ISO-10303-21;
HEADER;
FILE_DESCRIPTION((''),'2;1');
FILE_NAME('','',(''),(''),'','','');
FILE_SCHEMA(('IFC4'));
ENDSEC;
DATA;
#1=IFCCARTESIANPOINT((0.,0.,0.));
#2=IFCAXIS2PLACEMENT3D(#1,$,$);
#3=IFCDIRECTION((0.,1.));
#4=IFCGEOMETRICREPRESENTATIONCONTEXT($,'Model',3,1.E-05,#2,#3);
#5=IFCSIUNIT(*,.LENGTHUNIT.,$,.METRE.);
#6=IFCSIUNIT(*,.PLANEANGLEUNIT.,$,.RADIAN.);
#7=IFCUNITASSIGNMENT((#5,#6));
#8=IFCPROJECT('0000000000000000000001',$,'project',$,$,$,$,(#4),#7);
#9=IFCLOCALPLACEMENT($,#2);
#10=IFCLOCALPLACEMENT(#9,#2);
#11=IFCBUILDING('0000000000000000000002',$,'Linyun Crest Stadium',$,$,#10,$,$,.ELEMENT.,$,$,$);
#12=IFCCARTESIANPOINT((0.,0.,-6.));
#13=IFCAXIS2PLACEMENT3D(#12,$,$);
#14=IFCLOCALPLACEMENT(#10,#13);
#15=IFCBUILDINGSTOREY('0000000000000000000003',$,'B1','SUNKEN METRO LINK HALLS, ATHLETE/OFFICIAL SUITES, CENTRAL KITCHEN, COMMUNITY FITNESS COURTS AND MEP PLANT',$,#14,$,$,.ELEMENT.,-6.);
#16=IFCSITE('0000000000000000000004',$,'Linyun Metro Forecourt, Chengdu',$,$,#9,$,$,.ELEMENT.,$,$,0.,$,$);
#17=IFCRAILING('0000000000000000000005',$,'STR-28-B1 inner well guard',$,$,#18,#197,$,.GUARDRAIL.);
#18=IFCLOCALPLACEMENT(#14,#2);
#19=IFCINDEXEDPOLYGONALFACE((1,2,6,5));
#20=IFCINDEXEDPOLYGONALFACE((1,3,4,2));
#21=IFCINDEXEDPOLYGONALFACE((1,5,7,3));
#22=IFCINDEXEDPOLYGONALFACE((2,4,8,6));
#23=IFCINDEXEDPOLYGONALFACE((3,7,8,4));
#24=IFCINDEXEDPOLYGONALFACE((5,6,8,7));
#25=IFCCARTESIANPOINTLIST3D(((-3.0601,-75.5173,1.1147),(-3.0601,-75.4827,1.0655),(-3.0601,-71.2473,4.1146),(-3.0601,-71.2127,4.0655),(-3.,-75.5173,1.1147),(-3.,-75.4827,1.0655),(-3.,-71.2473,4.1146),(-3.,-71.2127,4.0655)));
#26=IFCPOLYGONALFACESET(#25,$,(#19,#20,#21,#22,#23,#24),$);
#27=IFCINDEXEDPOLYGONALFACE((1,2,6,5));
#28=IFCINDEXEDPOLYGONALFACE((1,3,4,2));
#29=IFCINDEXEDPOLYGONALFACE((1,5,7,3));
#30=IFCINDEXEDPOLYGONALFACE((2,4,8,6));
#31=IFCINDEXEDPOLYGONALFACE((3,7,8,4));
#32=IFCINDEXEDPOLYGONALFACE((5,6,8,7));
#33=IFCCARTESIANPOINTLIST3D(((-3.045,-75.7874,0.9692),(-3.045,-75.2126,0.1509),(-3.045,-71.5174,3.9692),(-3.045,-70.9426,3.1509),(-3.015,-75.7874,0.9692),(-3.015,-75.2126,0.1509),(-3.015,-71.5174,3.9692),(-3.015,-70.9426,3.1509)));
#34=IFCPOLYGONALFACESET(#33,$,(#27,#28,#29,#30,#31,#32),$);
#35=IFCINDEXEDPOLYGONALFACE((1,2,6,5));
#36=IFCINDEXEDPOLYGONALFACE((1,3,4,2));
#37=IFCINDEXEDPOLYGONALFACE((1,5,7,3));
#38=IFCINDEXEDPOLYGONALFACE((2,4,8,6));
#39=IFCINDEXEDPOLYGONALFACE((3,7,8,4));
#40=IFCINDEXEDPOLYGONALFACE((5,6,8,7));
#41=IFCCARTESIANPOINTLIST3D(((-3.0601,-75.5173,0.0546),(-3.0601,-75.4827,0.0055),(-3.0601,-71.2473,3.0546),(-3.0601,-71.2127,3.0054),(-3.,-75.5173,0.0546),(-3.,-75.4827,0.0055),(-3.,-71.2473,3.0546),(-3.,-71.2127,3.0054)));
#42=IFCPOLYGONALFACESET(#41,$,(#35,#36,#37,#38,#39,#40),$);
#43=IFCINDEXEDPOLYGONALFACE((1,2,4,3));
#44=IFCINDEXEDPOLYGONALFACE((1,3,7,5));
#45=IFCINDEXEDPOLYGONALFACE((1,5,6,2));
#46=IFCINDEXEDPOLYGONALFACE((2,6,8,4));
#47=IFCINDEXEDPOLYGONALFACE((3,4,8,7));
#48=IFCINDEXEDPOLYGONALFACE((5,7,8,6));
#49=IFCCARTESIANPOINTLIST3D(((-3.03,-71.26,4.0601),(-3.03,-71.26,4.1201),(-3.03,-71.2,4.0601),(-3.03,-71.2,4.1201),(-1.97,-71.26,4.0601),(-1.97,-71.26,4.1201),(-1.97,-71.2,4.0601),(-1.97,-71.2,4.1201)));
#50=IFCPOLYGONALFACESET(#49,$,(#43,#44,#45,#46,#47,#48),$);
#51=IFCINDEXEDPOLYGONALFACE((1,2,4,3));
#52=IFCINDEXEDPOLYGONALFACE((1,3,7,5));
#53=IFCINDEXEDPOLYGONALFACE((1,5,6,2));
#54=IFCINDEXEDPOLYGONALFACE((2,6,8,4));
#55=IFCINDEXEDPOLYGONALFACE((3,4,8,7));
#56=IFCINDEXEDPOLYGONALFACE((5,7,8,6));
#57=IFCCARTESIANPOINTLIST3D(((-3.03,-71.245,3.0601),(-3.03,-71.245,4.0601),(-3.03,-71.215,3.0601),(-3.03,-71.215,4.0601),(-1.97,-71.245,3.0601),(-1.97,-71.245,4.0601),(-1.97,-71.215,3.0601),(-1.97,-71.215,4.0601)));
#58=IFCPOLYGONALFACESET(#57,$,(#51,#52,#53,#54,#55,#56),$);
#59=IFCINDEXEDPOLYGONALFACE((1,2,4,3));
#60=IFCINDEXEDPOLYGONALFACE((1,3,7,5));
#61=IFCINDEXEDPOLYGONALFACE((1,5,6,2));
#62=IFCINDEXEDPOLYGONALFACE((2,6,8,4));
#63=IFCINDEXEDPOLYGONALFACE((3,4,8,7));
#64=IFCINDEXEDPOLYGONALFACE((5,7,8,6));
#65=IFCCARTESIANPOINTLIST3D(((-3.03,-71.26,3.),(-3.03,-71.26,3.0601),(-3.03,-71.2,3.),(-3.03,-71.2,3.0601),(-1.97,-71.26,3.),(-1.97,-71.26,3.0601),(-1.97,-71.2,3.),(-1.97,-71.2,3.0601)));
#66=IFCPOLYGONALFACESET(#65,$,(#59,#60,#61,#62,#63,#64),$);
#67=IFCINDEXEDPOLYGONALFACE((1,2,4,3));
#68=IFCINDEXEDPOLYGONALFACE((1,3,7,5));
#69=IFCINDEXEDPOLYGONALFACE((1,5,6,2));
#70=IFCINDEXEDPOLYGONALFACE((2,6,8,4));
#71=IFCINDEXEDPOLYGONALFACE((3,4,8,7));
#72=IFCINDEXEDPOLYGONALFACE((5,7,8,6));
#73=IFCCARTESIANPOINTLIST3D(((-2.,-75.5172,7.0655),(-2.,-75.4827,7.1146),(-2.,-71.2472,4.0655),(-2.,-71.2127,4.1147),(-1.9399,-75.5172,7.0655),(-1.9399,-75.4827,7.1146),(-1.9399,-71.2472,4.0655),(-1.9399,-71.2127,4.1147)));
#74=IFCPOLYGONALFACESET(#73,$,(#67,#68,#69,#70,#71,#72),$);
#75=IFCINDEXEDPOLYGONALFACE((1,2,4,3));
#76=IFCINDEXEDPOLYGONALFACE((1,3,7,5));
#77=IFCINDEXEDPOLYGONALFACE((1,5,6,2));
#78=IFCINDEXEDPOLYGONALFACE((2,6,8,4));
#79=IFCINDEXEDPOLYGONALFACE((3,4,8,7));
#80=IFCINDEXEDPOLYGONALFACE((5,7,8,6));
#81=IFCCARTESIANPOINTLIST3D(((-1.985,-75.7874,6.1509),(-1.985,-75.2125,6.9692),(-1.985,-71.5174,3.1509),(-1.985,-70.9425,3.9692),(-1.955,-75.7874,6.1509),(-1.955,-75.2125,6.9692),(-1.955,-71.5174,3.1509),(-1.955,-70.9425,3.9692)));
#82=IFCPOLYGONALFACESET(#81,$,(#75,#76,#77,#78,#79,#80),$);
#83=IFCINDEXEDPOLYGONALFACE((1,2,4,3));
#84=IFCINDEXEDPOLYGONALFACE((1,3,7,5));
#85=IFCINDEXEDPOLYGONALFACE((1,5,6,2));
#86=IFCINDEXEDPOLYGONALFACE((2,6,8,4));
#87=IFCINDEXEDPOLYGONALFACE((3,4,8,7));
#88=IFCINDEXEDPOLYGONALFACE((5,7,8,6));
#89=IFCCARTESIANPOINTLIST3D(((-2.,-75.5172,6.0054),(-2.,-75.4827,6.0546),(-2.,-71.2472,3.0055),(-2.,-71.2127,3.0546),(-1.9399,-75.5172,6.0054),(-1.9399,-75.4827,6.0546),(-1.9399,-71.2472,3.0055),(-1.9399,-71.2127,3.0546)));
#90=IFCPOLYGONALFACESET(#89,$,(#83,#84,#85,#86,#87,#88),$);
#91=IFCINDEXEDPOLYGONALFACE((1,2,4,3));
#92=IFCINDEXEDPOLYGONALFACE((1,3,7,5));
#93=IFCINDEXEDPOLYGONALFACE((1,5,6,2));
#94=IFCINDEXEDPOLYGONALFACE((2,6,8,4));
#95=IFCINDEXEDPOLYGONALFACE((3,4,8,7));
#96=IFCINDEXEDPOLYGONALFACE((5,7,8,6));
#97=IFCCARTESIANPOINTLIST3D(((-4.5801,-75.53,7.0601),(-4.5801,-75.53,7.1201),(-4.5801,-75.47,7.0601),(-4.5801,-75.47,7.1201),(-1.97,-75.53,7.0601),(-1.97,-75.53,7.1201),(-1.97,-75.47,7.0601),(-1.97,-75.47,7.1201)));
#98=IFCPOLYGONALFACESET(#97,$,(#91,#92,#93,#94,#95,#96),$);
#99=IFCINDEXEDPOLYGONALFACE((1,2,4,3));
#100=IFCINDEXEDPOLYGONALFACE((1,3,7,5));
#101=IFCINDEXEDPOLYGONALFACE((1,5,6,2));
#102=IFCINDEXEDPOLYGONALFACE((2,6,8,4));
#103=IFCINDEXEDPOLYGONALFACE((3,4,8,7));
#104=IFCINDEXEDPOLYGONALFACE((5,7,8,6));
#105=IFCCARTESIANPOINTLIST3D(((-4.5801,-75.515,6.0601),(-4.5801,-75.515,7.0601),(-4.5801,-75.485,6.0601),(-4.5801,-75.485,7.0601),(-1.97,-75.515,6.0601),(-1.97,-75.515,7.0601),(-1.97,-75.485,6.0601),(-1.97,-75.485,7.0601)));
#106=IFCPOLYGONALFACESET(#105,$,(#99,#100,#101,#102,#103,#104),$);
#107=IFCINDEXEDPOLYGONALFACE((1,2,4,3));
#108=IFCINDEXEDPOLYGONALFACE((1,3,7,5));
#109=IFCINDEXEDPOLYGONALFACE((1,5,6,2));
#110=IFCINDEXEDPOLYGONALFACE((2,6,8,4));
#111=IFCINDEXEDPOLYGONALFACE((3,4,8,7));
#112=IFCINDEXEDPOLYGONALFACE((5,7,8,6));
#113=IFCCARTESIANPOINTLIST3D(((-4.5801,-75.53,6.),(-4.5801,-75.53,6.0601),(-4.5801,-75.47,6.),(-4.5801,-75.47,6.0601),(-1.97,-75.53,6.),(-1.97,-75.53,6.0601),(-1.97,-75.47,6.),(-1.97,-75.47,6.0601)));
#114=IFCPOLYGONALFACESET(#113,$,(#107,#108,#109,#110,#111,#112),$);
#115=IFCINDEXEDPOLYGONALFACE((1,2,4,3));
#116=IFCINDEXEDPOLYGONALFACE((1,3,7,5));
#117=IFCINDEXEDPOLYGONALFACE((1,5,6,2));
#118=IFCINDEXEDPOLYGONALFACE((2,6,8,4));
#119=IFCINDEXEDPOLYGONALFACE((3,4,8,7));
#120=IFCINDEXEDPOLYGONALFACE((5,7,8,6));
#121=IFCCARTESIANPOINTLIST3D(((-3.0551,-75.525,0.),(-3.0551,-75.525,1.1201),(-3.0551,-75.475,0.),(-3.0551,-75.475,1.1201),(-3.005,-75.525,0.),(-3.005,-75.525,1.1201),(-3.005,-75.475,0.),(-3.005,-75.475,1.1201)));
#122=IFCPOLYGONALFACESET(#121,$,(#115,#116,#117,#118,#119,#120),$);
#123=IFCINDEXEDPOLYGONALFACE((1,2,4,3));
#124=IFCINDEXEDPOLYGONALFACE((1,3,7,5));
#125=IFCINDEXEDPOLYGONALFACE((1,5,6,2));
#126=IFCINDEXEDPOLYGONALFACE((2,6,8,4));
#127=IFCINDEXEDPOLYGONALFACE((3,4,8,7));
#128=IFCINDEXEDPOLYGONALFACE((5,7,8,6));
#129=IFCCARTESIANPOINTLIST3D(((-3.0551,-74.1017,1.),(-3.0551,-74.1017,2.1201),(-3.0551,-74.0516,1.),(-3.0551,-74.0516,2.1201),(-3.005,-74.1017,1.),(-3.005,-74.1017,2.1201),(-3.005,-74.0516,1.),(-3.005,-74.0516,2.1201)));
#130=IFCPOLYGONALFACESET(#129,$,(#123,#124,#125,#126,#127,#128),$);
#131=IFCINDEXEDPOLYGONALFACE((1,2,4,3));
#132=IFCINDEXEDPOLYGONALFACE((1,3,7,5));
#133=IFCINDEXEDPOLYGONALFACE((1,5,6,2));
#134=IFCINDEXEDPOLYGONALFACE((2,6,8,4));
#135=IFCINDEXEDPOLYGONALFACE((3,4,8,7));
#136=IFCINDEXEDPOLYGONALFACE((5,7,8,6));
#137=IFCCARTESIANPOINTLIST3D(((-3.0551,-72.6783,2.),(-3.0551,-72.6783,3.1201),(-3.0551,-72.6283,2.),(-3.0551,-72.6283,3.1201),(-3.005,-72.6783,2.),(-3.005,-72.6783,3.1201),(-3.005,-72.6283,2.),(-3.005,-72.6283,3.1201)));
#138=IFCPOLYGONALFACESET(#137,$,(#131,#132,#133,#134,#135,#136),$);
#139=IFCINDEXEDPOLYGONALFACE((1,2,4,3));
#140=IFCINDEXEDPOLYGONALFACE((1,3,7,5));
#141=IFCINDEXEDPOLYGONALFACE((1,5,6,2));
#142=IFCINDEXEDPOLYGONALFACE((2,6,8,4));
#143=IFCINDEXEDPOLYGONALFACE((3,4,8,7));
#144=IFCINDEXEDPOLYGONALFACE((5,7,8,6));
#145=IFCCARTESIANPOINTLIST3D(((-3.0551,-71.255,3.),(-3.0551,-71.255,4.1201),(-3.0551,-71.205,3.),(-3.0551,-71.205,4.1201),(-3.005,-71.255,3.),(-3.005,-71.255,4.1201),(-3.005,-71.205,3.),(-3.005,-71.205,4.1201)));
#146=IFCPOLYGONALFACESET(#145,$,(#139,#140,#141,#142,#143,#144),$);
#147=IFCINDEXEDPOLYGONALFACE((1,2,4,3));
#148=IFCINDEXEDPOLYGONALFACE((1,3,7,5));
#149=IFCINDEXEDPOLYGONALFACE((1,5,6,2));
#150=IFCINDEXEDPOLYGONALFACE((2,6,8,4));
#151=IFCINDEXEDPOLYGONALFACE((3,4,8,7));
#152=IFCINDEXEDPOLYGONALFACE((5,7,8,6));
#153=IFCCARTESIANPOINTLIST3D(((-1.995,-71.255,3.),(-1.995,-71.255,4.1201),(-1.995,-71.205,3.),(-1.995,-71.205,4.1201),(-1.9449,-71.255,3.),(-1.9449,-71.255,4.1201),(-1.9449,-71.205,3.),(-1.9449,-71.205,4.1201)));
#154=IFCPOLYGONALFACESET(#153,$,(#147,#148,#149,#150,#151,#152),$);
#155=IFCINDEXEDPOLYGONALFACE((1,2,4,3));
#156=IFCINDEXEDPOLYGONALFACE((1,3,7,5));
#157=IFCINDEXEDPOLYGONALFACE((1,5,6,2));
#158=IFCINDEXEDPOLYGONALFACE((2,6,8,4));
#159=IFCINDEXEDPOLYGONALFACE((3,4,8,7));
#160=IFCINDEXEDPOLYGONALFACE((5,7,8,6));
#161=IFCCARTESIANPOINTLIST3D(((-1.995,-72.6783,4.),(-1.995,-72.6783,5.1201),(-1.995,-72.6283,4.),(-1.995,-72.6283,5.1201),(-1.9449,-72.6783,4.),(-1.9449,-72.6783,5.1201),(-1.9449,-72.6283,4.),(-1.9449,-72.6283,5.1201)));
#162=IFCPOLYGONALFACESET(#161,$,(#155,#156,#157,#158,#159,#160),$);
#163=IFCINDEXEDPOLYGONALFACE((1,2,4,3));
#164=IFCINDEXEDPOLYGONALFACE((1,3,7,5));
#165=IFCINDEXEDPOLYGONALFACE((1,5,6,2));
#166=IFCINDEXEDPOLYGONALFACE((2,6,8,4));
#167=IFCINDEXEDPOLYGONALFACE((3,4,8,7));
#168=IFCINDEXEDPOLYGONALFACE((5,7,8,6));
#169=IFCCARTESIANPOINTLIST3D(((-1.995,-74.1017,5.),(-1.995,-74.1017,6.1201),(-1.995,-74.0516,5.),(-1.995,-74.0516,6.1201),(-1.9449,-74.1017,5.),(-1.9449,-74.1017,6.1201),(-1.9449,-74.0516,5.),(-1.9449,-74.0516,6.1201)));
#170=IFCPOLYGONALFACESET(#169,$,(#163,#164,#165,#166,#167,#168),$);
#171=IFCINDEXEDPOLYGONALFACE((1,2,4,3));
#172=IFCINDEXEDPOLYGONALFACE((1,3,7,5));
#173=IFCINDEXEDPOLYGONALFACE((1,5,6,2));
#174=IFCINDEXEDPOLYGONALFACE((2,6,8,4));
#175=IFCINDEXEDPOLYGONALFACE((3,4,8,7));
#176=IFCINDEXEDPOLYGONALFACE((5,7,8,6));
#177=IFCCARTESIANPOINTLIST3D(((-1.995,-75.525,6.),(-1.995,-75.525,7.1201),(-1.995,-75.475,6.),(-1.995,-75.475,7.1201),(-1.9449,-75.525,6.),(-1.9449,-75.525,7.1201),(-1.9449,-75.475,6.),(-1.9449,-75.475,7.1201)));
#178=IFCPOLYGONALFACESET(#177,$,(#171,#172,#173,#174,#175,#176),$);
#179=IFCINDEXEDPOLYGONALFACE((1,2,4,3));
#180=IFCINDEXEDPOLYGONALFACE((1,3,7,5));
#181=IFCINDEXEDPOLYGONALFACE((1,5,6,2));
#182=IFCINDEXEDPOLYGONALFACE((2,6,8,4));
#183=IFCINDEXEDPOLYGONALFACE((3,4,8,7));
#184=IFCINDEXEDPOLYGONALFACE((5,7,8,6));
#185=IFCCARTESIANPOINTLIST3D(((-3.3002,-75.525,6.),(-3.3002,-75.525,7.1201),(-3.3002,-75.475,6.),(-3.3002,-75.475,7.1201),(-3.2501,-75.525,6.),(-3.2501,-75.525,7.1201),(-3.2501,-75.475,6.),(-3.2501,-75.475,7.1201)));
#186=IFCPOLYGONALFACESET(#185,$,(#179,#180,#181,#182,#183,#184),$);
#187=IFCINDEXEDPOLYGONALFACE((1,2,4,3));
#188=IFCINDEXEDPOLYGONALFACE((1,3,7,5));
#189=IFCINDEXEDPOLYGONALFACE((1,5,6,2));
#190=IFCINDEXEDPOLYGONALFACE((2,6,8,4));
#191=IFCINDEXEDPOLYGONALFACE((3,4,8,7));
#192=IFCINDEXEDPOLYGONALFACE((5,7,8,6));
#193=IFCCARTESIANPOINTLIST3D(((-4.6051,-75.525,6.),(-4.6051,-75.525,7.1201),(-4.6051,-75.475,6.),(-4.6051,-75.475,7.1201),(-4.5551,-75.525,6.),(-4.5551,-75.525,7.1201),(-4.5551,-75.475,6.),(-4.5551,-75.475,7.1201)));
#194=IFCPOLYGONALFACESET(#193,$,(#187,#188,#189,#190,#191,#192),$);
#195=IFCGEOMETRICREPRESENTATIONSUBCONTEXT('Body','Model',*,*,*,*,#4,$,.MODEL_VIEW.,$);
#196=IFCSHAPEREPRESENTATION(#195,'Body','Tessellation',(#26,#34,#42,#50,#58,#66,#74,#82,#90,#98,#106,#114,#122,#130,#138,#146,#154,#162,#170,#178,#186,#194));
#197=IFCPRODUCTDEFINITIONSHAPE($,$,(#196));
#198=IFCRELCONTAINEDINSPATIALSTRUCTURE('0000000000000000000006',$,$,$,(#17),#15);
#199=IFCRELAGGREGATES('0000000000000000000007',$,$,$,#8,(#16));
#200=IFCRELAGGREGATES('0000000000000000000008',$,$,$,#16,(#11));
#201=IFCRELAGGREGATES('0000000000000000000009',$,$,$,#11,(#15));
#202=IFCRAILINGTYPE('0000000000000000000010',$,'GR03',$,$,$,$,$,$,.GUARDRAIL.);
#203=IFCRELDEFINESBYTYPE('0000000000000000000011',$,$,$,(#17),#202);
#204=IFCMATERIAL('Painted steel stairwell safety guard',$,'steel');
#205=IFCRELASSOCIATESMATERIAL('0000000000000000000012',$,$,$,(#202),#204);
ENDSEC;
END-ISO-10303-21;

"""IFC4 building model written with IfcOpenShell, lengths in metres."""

from ifc_helpers import new_model, si_unit, direction, frame, origin, origin_2d, place, context, subcontext, project, spatial, rectangle, extrude, material, type_object, element, save


model = new_model("IFC4")

# Units and contexts
model_context = context("Model", 3, precision=1e-05, world=origin(), true_north=direction((0.0, 1.0)))
body_context = subcontext(model_context, "Body", "Model", "MODEL_VIEW")
ifc_project = project(units=[si_unit("LENGTHUNIT", "METRE"), si_unit("PLANEANGLEUNIT", "RADIAN")], contexts=[model_context])

# Site, building, storey
site_placement = place(None, origin())
site = spatial("IfcSite", under=ifc_project, at=site_placement, Name="Linyun Metro Forecourt, Chengdu", CompositionType="ELEMENT", RefElevation=0.0)
building_placement = place(site_placement, origin())
building = spatial("IfcBuilding", under=site, at=building_placement, Name="Linyun Crest Stadium", CompositionType="ELEMENT")
storey_placement = place(building_placement, frame((0.0, 0.0, -6.0)))
storey = spatial("IfcBuildingStorey", under=building, at=storey_placement, Name="B1", Description="SUNKEN METRO LINK HALLS, ATHLETE/OFFICIAL SUITES, CENTRAL KITCHEN, COMMUNITY FITNESS COURTS AND MEP PLANT", CompositionType="ELEMENT", Elevation=-6.0)

# Railing
ifc_material_1 = material(Name="Painted steel stairwell safety guard", Category="steel")
railing_type = type_object("IfcRailingType", Name="GR03", PredefinedType="GUARDRAIL", material=ifc_material_1)
railing_1_placement = place(storey_placement, frame((-3.03, -75.5, 0.0)))
element("IfcRailing", 1, at=railing_1_placement, inside=storey, type_object=railing_type, Name="STR-28-B1 inner well guard", PredefinedType="GUARDRAIL", context=body_context, shape_type="SweptSolid", body=[
    extrude(rectangle(XDim=0.0601, YDim=0.0601, at=origin_2d()), frame((0.0, 0.0, 1.0901), z_axis=(0.0, 0.818242, 0.574874), x_axis=(-1.0, 0.0, 0.0)), (0.0, 0.0, 1.0), 5.2185),
    extrude(rectangle(XDim=0.03, YDim=1.0, at=origin_2d()), frame((0.0, 0.0, 0.5601), z_axis=(0.0, 0.818242, 0.574874), x_axis=(-1.0, 0.0, 0.0)), (0.0, 0.0, 1.0), 5.2185),
    extrude(rectangle(XDim=0.0601, YDim=0.0601, at=origin_2d()), frame((0.0, 0.0, 0.03), z_axis=(0.0, 0.818242, 0.574874), x_axis=(-1.0, 0.0, 0.0)), (0.0, 0.0, 1.0), 5.2185),
    extrude(rectangle(XDim=0.0601, YDim=0.0601, at=origin_2d()), frame((0.0, 4.27, 4.0901), z_axis=(1.0, 0.0, 0.0), x_axis=(0.0, 1.0, 0.0)), (0.0, 0.0, 1.0), 1.0601),
    extrude(rectangle(XDim=0.03, YDim=1.0, at=origin_2d()), frame((0.0, 4.27, 3.5601), z_axis=(1.0, 0.0, 0.0), x_axis=(0.0, 1.0, 0.0)), (0.0, 0.0, 1.0), 1.0601),
    extrude(rectangle(XDim=0.0601, YDim=0.0601, at=origin_2d()), frame((0.0, 4.27, 3.03), z_axis=(1.0, 0.0, 0.0), x_axis=(0.0, 1.0, 0.0)), (0.0, 0.0, 1.0), 1.0601),
    extrude(rectangle(XDim=0.0601, YDim=0.0601, at=origin_2d()), frame((1.0601, 4.27, 4.0901), z_axis=(0.0, -0.818242, 0.574874), x_axis=(1.0, 0.0, 0.0)), (0.0, 0.0, 1.0), 5.2185),
    extrude(rectangle(XDim=0.03, YDim=1.0, at=origin_2d()), frame((1.0601, 4.27, 3.5601), z_axis=(0.0, -0.818242, 0.574874), x_axis=(1.0, 0.0, 0.0)), (0.0, 0.0, 1.0), 5.2185),
    extrude(rectangle(XDim=0.0601, YDim=0.0601, at=origin_2d()), frame((1.0601, 4.27, 3.03), z_axis=(0.0, -0.818242, 0.574874), x_axis=(1.0, 0.0, 0.0)), (0.0, 0.0, 1.0), 5.2185),
    extrude(rectangle(XDim=0.0601, YDim=0.0601, at=origin_2d()), frame((1.0601, 0.0, 7.0901), z_axis=(-1.0, 0.0, 0.0), x_axis=(0.0, -1.0, 0.0)), (0.0, 0.0, 1.0), 2.6101),
    extrude(rectangle(XDim=0.03, YDim=1.0, at=origin_2d()), frame((1.0601, 0.0, 6.5601), z_axis=(-1.0, 0.0, 0.0), x_axis=(0.0, -1.0, 0.0)), (0.0, 0.0, 1.0), 2.6101),
    extrude(rectangle(XDim=0.0601, YDim=0.0601, at=origin_2d()), frame((1.0601, 0.0, 6.03), z_axis=(-1.0, 0.0, 0.0), x_axis=(0.0, -1.0, 0.0)), (0.0, 0.0, 1.0), 2.6101),
    extrude(rectangle(XDim=0.05, YDim=0.05, at=origin_2d()), origin(), (0.0, 0.0, 1.0), 1.1201),
    extrude(rectangle(XDim=0.05, YDim=0.05, at=origin_2d()), frame((0.0, 1.4233, 1.0)), (0.0, 0.0, 1.0), 1.1201),
    extrude(rectangle(XDim=0.05, YDim=0.05, at=origin_2d()), frame((0.0, 2.8467, 2.0)), (0.0, 0.0, 1.0), 1.1201),
    extrude(rectangle(XDim=0.05, YDim=0.05, at=origin_2d()), frame((0.0, 4.27, 3.0)), (0.0, 0.0, 1.0), 1.1201),
    extrude(rectangle(XDim=0.05, YDim=0.05, at=origin_2d()), frame((1.0601, 4.27, 3.0)), (0.0, 0.0, 1.0), 1.1201),
    extrude(rectangle(XDim=0.05, YDim=0.05, at=origin_2d()), frame((1.0601, 2.8467, 4.0)), (0.0, 0.0, 1.0), 1.1201),
    extrude(rectangle(XDim=0.05, YDim=0.05, at=origin_2d()), frame((1.0601, 1.4233, 5.0)), (0.0, 0.0, 1.0), 1.1201),
    extrude(rectangle(XDim=0.05, YDim=0.05, at=origin_2d()), frame((1.0601, 0.0, 6.0)), (0.0, 0.0, 1.0), 1.1201),
    extrude(rectangle(XDim=0.05, YDim=0.05, at=origin_2d()), frame((-0.2451, 0.0, 6.0)), (0.0, 0.0, 1.0), 1.1201),
    extrude(rectangle(XDim=0.05, YDim=0.05, at=origin_2d()), frame((-1.55, 0.0, 6.0)), (0.0, 0.0, 1.0), 1.1201),
])

save(model, "model.ifc")
